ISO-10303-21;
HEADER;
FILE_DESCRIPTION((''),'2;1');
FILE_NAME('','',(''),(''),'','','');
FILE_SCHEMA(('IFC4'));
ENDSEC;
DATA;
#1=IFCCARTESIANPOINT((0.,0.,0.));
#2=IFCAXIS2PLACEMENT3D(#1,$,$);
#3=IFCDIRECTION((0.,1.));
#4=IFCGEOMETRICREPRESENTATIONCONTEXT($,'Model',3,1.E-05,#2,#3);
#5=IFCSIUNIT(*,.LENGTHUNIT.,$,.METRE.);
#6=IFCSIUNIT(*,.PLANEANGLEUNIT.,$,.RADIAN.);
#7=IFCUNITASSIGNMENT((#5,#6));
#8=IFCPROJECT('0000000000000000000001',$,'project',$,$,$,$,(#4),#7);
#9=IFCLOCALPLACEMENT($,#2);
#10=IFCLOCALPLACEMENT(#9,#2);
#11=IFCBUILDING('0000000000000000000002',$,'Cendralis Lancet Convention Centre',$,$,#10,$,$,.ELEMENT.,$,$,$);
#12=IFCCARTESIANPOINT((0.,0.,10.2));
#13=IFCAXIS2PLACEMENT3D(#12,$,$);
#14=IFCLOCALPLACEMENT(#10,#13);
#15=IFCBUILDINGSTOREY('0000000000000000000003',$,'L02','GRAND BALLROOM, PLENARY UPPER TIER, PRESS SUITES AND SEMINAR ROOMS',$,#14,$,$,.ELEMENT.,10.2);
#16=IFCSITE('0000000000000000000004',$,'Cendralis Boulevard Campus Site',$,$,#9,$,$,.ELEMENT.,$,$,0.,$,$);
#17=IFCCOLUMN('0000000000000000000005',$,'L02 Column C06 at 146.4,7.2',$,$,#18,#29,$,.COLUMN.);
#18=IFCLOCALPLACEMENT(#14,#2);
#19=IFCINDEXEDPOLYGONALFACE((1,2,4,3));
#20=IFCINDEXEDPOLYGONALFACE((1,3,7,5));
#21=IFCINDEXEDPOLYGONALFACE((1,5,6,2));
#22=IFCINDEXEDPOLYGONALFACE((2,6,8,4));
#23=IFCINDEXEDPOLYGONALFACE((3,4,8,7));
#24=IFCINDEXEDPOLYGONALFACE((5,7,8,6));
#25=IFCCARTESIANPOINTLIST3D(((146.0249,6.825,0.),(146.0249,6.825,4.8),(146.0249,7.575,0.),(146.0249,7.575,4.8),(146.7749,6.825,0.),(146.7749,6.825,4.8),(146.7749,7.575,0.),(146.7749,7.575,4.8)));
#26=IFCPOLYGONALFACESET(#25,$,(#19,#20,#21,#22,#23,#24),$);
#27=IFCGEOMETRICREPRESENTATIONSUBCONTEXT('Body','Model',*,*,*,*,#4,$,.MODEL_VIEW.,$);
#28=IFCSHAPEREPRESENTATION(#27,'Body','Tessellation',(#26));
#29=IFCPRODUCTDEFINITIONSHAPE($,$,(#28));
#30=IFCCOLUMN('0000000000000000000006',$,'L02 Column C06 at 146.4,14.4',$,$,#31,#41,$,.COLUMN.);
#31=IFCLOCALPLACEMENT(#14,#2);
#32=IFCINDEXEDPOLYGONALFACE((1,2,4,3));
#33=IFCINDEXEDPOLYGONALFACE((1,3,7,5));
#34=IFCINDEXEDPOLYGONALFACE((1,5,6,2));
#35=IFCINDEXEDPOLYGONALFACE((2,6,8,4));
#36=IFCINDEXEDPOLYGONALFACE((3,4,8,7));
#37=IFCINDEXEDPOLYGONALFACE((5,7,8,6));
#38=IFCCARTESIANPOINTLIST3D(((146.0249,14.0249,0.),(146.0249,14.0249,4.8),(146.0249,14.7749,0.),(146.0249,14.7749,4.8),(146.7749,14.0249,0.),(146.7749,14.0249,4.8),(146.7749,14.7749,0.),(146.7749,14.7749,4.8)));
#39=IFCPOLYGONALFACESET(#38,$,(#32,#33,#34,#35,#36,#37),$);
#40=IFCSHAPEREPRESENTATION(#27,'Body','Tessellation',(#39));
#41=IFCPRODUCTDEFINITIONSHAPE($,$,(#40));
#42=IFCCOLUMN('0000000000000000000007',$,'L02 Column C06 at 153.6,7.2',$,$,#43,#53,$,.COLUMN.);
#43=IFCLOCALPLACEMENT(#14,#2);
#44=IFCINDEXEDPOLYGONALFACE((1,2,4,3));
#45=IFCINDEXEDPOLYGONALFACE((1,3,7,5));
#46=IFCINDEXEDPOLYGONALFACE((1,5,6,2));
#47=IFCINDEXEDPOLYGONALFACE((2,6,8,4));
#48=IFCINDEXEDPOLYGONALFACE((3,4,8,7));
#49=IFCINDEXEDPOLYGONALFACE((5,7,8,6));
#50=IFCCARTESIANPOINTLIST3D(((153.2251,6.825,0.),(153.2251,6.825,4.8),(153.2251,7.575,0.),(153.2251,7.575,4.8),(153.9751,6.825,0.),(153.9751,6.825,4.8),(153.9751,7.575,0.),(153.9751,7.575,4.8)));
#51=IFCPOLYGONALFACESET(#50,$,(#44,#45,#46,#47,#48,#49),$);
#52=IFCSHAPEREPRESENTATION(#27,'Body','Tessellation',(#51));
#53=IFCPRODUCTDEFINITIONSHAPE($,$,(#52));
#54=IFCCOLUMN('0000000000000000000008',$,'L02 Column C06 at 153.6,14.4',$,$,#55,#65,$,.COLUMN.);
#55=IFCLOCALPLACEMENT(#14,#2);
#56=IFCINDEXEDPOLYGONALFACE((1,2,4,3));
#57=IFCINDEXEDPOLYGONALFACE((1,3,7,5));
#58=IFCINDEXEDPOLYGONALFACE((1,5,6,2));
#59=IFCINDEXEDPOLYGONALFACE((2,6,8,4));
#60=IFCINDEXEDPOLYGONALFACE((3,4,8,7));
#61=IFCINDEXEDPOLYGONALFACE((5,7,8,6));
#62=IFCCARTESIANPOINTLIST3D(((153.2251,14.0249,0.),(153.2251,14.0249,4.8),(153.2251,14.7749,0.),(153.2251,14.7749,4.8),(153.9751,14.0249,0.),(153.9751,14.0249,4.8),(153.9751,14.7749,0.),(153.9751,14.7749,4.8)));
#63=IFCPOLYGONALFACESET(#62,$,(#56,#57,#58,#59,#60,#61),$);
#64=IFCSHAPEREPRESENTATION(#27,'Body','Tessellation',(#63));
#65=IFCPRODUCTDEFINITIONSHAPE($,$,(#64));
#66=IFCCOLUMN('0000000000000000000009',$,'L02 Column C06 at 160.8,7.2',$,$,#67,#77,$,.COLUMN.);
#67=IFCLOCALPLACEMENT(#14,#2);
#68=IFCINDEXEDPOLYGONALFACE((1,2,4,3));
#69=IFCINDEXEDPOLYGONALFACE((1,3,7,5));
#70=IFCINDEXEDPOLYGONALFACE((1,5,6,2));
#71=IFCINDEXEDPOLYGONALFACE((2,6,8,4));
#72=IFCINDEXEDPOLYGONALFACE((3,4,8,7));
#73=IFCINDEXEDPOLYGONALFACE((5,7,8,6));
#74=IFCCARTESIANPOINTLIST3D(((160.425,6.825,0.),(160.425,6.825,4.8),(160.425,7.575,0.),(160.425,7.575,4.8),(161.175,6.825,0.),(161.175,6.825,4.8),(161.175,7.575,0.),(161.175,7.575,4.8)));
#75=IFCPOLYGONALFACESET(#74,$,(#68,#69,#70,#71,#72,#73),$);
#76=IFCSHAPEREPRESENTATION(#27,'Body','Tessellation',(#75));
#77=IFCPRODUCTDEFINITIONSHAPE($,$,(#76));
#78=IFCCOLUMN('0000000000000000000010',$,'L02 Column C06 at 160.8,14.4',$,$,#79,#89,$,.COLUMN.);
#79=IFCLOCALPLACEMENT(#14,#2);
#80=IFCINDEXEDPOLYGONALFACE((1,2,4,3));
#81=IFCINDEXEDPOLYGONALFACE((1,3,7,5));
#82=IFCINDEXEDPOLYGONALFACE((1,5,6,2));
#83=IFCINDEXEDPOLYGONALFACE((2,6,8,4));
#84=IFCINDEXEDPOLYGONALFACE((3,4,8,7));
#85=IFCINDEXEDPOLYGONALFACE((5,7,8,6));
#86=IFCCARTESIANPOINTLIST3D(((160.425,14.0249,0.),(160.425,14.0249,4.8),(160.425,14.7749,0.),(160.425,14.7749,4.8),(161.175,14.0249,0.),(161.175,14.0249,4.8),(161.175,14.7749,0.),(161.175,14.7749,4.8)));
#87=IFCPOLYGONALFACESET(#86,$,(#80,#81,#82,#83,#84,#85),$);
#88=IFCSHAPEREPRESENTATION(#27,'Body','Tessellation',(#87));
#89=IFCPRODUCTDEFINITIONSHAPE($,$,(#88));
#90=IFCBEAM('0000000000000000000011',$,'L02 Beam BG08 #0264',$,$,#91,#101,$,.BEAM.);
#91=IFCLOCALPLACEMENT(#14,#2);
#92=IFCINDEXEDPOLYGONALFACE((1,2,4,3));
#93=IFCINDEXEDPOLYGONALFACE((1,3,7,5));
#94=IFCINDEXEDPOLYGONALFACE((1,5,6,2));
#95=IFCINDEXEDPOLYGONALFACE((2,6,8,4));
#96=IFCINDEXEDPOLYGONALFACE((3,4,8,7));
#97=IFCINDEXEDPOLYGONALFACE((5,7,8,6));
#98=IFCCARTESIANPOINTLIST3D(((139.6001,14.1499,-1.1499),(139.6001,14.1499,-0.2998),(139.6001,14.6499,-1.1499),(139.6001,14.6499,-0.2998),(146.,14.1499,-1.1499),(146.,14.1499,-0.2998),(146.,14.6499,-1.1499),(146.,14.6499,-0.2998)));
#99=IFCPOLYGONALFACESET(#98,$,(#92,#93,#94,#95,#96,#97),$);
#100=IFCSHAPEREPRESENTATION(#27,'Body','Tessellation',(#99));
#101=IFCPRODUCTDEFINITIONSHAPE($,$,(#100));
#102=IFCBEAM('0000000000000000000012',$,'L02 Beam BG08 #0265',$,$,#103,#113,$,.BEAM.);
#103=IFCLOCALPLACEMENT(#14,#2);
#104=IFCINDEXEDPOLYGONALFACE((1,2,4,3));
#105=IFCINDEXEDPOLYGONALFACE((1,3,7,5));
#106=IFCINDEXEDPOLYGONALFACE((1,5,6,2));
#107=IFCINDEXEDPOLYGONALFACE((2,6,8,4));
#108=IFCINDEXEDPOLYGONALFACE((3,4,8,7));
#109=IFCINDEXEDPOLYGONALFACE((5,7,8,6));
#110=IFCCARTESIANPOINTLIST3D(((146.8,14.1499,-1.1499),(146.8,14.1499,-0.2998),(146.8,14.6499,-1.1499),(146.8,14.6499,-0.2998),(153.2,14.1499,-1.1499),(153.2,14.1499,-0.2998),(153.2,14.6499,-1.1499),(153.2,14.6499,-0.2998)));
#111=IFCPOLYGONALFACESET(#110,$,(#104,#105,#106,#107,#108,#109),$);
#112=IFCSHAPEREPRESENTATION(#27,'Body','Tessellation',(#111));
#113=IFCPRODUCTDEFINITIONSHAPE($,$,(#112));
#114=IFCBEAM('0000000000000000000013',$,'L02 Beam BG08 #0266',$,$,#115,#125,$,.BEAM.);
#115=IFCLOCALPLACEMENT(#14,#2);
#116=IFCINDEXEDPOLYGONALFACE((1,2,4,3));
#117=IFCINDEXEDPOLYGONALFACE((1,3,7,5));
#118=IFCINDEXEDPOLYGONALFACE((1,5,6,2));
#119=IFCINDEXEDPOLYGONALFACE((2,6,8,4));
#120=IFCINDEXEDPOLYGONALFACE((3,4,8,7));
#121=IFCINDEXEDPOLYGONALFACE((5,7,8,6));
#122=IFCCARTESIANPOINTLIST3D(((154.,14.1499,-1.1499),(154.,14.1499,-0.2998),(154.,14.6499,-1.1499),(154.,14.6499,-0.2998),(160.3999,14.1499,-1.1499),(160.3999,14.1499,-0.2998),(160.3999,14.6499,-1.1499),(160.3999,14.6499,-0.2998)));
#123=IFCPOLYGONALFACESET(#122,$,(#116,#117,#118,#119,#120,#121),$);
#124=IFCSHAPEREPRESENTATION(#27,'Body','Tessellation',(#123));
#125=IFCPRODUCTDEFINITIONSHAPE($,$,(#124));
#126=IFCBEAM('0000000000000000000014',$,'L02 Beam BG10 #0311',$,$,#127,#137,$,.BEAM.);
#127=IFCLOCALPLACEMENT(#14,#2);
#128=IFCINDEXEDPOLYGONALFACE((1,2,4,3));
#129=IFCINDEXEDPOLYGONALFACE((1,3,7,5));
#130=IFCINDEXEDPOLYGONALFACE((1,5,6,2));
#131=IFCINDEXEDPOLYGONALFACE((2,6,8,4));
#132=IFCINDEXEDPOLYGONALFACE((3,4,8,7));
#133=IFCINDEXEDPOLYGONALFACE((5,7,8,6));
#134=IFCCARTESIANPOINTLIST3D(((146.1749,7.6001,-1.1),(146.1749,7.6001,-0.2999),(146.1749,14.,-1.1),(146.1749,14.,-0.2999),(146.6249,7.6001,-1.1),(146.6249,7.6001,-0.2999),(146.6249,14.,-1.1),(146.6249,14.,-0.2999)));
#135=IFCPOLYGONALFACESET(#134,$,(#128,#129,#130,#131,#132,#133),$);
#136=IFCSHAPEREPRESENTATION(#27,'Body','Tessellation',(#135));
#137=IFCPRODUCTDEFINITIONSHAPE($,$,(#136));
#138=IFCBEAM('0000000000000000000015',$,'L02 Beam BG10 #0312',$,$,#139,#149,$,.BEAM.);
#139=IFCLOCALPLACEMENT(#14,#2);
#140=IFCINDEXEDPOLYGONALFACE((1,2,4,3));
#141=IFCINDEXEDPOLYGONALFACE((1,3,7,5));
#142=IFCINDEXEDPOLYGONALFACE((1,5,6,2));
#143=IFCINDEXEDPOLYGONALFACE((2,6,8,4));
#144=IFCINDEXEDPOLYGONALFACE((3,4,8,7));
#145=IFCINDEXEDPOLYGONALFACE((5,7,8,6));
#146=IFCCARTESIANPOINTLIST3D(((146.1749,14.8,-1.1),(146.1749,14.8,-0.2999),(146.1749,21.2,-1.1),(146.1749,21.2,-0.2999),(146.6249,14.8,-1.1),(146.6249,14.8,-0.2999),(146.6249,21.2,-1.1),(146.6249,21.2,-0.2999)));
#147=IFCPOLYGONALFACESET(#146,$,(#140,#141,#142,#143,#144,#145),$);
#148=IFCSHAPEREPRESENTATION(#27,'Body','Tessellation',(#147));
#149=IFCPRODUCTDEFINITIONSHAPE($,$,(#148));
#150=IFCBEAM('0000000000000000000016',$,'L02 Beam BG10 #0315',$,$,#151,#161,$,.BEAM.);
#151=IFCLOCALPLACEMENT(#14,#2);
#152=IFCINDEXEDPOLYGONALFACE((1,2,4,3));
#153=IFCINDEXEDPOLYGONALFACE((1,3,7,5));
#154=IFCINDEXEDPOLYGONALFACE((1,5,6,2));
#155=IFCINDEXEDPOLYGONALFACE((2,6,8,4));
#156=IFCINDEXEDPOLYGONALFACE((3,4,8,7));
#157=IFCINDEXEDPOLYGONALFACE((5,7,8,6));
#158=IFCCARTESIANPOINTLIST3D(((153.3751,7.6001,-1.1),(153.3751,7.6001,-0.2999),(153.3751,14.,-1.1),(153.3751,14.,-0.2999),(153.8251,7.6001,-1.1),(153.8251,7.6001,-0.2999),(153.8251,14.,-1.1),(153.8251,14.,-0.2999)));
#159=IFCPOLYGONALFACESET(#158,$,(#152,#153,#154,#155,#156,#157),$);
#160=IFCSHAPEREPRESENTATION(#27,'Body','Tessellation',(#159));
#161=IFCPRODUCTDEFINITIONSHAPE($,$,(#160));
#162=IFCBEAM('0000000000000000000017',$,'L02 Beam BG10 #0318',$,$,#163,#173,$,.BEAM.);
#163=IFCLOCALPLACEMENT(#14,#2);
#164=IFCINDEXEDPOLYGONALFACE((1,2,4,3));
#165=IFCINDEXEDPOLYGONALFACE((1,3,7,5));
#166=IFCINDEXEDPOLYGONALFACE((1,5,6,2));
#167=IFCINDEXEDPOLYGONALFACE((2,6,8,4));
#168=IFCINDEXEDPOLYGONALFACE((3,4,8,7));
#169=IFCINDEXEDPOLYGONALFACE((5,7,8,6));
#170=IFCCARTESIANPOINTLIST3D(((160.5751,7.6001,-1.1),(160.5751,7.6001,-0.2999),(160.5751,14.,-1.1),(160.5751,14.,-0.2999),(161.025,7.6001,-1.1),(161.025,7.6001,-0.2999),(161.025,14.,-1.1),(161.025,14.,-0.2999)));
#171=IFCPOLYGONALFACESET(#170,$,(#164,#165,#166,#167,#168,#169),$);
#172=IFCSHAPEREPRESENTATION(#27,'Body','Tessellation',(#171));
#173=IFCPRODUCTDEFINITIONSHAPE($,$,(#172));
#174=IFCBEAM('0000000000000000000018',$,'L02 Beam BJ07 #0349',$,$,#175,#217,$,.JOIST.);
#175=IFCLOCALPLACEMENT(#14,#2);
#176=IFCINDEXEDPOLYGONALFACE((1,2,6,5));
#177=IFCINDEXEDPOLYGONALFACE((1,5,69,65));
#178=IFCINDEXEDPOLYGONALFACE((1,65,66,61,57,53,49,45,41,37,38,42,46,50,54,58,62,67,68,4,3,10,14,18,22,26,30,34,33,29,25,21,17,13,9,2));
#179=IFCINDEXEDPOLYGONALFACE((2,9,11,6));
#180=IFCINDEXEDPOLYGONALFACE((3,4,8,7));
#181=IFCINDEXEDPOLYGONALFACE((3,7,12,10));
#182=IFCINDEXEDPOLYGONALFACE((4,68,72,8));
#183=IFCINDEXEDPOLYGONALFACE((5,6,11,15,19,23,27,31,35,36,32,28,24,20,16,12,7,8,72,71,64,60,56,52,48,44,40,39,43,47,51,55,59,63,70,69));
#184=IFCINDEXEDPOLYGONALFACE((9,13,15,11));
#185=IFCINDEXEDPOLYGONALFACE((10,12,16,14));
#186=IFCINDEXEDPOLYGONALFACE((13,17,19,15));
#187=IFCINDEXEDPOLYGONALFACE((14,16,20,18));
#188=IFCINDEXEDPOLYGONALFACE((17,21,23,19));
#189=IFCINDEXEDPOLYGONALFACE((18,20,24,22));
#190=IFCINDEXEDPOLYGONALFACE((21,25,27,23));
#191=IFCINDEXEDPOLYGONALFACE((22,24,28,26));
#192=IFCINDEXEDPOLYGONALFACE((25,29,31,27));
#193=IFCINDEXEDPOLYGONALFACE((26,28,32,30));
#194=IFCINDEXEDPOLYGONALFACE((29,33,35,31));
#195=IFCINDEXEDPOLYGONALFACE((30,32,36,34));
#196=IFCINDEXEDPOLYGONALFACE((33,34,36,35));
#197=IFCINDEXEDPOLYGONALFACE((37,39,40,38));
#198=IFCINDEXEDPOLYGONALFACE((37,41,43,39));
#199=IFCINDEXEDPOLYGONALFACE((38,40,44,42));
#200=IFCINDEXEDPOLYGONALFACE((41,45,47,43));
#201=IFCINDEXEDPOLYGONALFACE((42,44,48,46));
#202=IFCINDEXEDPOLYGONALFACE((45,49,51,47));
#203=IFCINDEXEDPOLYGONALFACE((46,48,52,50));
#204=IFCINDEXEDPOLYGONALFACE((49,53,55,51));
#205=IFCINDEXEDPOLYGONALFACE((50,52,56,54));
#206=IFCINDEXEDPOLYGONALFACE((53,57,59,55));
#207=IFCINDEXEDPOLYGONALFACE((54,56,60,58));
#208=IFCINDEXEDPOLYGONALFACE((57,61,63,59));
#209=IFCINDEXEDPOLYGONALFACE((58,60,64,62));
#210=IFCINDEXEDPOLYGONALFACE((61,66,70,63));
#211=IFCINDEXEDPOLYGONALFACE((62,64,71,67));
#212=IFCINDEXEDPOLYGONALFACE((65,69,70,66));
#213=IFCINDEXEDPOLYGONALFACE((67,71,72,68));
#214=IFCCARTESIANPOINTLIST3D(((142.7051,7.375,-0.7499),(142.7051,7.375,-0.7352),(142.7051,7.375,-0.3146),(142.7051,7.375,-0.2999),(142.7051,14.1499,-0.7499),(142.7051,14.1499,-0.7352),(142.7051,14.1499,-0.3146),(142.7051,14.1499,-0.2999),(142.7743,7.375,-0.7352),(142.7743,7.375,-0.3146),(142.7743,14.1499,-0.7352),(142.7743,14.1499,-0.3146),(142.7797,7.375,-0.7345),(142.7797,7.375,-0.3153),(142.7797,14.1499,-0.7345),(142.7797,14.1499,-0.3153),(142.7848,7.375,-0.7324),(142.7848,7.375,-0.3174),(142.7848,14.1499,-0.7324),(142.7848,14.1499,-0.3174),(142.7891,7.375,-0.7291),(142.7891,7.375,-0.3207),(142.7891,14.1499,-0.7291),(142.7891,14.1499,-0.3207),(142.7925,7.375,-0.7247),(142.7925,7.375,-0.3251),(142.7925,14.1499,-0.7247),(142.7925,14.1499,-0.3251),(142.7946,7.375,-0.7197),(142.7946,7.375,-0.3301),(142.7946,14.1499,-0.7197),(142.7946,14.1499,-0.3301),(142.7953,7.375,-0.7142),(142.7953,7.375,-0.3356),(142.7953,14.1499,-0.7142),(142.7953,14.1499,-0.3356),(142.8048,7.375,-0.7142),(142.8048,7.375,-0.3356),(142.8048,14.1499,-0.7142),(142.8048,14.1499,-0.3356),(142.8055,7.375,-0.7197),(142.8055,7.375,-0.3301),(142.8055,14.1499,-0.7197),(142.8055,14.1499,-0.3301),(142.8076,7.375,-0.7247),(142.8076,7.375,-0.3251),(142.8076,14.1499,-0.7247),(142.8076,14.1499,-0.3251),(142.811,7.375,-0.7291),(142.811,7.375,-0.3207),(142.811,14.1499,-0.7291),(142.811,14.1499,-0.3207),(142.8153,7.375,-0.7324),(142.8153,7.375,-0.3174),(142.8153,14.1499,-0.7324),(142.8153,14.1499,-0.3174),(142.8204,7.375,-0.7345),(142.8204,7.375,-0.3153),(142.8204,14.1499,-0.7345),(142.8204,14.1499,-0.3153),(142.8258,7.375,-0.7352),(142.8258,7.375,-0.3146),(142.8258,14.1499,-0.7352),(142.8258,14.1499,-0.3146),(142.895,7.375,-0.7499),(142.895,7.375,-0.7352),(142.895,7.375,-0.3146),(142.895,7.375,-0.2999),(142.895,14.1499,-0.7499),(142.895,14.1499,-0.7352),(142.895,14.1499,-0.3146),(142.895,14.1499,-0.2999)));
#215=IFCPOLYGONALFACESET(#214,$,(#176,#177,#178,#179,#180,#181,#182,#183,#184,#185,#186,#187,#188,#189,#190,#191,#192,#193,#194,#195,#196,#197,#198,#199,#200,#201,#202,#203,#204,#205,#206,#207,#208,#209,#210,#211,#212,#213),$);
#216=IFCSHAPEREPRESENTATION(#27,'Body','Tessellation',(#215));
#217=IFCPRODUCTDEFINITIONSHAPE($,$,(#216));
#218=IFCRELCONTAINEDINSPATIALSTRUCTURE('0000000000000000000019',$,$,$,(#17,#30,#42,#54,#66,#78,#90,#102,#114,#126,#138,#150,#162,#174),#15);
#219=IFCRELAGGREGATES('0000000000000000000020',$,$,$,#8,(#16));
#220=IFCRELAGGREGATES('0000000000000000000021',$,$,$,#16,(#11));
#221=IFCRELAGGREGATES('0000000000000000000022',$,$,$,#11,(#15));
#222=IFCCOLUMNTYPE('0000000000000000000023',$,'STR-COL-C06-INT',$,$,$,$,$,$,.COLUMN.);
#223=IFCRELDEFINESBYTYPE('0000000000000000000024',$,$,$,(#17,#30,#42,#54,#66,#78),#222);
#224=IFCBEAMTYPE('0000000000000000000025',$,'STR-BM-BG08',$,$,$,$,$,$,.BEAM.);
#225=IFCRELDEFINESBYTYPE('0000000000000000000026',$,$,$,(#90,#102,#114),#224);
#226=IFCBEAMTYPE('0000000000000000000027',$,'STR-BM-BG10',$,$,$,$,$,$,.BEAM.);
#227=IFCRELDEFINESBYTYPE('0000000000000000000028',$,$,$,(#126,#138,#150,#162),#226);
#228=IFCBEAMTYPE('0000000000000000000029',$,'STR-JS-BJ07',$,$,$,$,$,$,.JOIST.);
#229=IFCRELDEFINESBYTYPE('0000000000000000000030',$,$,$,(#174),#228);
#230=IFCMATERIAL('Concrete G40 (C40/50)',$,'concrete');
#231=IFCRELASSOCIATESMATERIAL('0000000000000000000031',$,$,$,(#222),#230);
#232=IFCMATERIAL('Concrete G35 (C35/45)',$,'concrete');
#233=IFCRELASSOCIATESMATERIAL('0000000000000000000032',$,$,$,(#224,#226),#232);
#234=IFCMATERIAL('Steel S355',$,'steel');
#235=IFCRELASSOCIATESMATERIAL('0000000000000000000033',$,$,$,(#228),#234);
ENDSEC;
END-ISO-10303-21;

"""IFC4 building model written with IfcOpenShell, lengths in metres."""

from ifc_helpers import new_model, si_unit, direction, frame, origin, origin_2d, place, context, subcontext, project, spatial, rectangle, i_section, extrude, material, material_profile, profile_set, type_object, element, save


model = new_model("IFC4")

# Units and contexts
model_context = context("Model", 3, precision=1e-05, world=origin(), true_north=direction((0.0, 1.0)))
body_context = subcontext(model_context, "Body", "Model", "MODEL_VIEW")
ifc_project = project(units=[si_unit("LENGTHUNIT", "METRE"), si_unit("PLANEANGLEUNIT", "RADIAN")], contexts=[model_context])

# Site, building, storey
site_placement = place(None, origin())
site = spatial("IfcSite", under=ifc_project, at=site_placement, Name="Cendralis Boulevard Campus Site", CompositionType="ELEMENT", RefElevation=0.0)
building_placement = place(site_placement, origin())
building = spatial("IfcBuilding", under=site, at=building_placement, Name="Cendralis Lancet Convention Centre", CompositionType="ELEMENT")
storey_placement = place(building_placement, frame((0.0, 0.0, 10.2)))
storey = spatial("IfcBuildingStorey", under=building, at=storey_placement, Name="L02", Description="GRAND BALLROOM, PLENARY UPPER TIER, PRESS SUITES AND SEMINAR ROOMS", CompositionType="ELEMENT", Elevation=10.2)

# Columns
ifc_material_1 = material(Name="Concrete G40 (C40/50)", Category="concrete")
ifc_material_profile_1 = material_profile(ifc_material_1, rectangle(XDim=0.75, YDim=0.75, at=origin_2d()), Name="RC 750x750")
ifc_profile_set_1 = profile_set([ifc_material_profile_1], Name="Concrete G40 (C40/50)")
column_type = type_object("IfcColumnType", Name="STR-COL-C06-INT", PredefinedType="COLUMN", material=ifc_profile_set_1)
for number, where, z_axis, x_axis, name in (
    (1, (146.3999, 7.2, 0.0), (0.0, 0.0, 1.0), (1.0, 0.0, 0.0), "L02 Column C06 at 146.4,7.2"),
    (2, (146.3999, 14.3999, 0.0), (0.0, 0.0, 1.0), (1.0, 0.0, 0.0), "L02 Column C06 at 146.4,14.4"),
    (3, (153.6001, 7.2, 0.0), (0.0, 0.0, 1.0), (1.0, 0.0, 0.0), "L02 Column C06 at 153.6,7.2"),
    (4, (153.6001, 14.3999, 0.0), (0.0, 0.0, 1.0), (1.0, 0.0, 0.0), "L02 Column C06 at 153.6,14.4"),
    (5, (160.8, 7.2, 0.0), (0.0, 0.0, 1.0), (1.0, 0.0, 0.0), "L02 Column C06 at 160.8,7.2"),
    (6, (160.8, 14.3999, 0.0), (0.0, 0.0, 1.0), (1.0, 0.0, 0.0), "L02 Column C06 at 160.8,14.4"),
):
    element("IfcColumn", number, at=place(storey_placement, frame(where, z_axis=z_axis, x_axis=x_axis)), inside=storey, type_object=column_type, Name=name, PredefinedType="COLUMN", context=body_context, shape_type="SweptSolid", body=[
        extrude(rectangle(XDim=0.75, YDim=0.75, at=origin_2d()), origin(), (0.0, 0.0, 1.0), 4.8),
    ])

# Beams
ifc_material_2 = material(Name="Concrete G35 (C35/45)", Category="concrete")
ifc_material_profile_2 = material_profile(ifc_material_2, rectangle(XDim=0.5, YDim=0.8501, at=origin_2d()), Name="RCB 500x850")
ifc_profile_set_2 = profile_set([ifc_material_profile_2], Name="Concrete G35 (C35/45)")
beam_type_1 = type_object("IfcBeamType", Name="STR-BM-BG08", PredefinedType="BEAM", material=ifc_profile_set_2)
for number, where, z_axis, x_axis, name in (
    (7, (139.6001, 14.3999, -0.7249), (1.0, 0.0, 0.0), (0.0, 1.0, 0.0), "L02 Beam BG08 #0264"),
    (8, (146.8, 14.3999, -0.7249), (1.0, 0.0, 0.0), (0.0, 1.0, 0.0), "L02 Beam BG08 #0265"),
    (9, (154.0, 14.3999, -0.7249), (1.0, 0.0, 0.0), (0.0, 1.0, 0.0), "L02 Beam BG08 #0266"),
):
    element("IfcBeam", number, at=place(storey_placement, frame(where, z_axis=z_axis, x_axis=x_axis)), inside=storey, type_object=beam_type_1, Name=name, PredefinedType="BEAM", context=body_context, shape_type="SweptSolid", body=[
        extrude(rectangle(XDim=0.5, YDim=0.8501, at=origin_2d()), origin(), (0.0, 0.0, 1.0), 6.3999),
    ])
ifc_material_profile_3 = material_profile(ifc_material_2, rectangle(XDim=0.45, YDim=0.8, at=origin_2d()), Name="RCB 450x800")
ifc_profile_set_3 = profile_set([ifc_material_profile_3], Name="Concrete G35 (C35/45)")
beam_type_2 = type_object("IfcBeamType", Name="STR-BM-BG10", PredefinedType="BEAM", material=ifc_profile_set_3)
for number, where, z_axis, x_axis, name in (
    (10, (146.3999, 7.6001, -0.7), (0.0, 1.0, 0.0), (-1.0, 0.0, 0.0), "L02 Beam BG10 #0311"),
    (11, (146.3999, 14.8, -0.7), (0.0, 1.0, 0.0), (-1.0, 0.0, 0.0), "L02 Beam BG10 #0312"),
    (12, (153.6001, 7.6001, -0.7), (0.0, 1.0, 0.0), (-1.0, 0.0, 0.0), "L02 Beam BG10 #0315"),
    (13, (160.8, 7.6001, -0.7), (0.0, 1.0, 0.0), (-1.0, 0.0, 0.0), "L02 Beam BG10 #0318"),
):
    element("IfcBeam", number, at=place(storey_placement, frame(where, z_axis=z_axis, x_axis=x_axis)), inside=storey, type_object=beam_type_2, Name=name, PredefinedType="BEAM", context=body_context, shape_type="SweptSolid", body=[
        extrude(rectangle(XDim=0.45, YDim=0.8, at=origin_2d()), origin(), (0.0, 0.0, 1.0), 6.3999),
    ])
ifc_material_3 = material(Name="Steel S355", Category="steel")
ifc_material_profile_4 = material_profile(ifc_material_3, i_section(OverallWidth=0.1899, OverallDepth=0.45, WebThickness=0.0095, FlangeThickness=0.0146, FilletRadius=0.021, at=origin_2d()), Name="IPE 450")
ifc_profile_set_4 = profile_set([ifc_material_profile_4], Name="Steel S355")
beam_type_3 = type_object("IfcBeamType", Name="STR-JS-BJ07", PredefinedType="JOIST", material=ifc_profile_set_4)
beam_1_placement = place(storey_placement, frame((142.8, 7.375, -0.5249), z_axis=(0.0, 1.0, 0.0), x_axis=(-1.0, 0.0, 0.0)))
element("IfcBeam", 14, at=beam_1_placement, inside=storey, type_object=beam_type_3, Name="L02 Beam BJ07 #0349", PredefinedType="JOIST", context=body_context, shape_type="SweptSolid", body=[
    extrude(i_section(OverallWidth=0.1899, OverallDepth=0.45, WebThickness=0.0095, FlangeThickness=0.0146, FilletRadius=0.021, at=origin_2d()), origin(), (0.0, 0.0, 1.0), 6.7749),
])

save(model, "model.ifc")
